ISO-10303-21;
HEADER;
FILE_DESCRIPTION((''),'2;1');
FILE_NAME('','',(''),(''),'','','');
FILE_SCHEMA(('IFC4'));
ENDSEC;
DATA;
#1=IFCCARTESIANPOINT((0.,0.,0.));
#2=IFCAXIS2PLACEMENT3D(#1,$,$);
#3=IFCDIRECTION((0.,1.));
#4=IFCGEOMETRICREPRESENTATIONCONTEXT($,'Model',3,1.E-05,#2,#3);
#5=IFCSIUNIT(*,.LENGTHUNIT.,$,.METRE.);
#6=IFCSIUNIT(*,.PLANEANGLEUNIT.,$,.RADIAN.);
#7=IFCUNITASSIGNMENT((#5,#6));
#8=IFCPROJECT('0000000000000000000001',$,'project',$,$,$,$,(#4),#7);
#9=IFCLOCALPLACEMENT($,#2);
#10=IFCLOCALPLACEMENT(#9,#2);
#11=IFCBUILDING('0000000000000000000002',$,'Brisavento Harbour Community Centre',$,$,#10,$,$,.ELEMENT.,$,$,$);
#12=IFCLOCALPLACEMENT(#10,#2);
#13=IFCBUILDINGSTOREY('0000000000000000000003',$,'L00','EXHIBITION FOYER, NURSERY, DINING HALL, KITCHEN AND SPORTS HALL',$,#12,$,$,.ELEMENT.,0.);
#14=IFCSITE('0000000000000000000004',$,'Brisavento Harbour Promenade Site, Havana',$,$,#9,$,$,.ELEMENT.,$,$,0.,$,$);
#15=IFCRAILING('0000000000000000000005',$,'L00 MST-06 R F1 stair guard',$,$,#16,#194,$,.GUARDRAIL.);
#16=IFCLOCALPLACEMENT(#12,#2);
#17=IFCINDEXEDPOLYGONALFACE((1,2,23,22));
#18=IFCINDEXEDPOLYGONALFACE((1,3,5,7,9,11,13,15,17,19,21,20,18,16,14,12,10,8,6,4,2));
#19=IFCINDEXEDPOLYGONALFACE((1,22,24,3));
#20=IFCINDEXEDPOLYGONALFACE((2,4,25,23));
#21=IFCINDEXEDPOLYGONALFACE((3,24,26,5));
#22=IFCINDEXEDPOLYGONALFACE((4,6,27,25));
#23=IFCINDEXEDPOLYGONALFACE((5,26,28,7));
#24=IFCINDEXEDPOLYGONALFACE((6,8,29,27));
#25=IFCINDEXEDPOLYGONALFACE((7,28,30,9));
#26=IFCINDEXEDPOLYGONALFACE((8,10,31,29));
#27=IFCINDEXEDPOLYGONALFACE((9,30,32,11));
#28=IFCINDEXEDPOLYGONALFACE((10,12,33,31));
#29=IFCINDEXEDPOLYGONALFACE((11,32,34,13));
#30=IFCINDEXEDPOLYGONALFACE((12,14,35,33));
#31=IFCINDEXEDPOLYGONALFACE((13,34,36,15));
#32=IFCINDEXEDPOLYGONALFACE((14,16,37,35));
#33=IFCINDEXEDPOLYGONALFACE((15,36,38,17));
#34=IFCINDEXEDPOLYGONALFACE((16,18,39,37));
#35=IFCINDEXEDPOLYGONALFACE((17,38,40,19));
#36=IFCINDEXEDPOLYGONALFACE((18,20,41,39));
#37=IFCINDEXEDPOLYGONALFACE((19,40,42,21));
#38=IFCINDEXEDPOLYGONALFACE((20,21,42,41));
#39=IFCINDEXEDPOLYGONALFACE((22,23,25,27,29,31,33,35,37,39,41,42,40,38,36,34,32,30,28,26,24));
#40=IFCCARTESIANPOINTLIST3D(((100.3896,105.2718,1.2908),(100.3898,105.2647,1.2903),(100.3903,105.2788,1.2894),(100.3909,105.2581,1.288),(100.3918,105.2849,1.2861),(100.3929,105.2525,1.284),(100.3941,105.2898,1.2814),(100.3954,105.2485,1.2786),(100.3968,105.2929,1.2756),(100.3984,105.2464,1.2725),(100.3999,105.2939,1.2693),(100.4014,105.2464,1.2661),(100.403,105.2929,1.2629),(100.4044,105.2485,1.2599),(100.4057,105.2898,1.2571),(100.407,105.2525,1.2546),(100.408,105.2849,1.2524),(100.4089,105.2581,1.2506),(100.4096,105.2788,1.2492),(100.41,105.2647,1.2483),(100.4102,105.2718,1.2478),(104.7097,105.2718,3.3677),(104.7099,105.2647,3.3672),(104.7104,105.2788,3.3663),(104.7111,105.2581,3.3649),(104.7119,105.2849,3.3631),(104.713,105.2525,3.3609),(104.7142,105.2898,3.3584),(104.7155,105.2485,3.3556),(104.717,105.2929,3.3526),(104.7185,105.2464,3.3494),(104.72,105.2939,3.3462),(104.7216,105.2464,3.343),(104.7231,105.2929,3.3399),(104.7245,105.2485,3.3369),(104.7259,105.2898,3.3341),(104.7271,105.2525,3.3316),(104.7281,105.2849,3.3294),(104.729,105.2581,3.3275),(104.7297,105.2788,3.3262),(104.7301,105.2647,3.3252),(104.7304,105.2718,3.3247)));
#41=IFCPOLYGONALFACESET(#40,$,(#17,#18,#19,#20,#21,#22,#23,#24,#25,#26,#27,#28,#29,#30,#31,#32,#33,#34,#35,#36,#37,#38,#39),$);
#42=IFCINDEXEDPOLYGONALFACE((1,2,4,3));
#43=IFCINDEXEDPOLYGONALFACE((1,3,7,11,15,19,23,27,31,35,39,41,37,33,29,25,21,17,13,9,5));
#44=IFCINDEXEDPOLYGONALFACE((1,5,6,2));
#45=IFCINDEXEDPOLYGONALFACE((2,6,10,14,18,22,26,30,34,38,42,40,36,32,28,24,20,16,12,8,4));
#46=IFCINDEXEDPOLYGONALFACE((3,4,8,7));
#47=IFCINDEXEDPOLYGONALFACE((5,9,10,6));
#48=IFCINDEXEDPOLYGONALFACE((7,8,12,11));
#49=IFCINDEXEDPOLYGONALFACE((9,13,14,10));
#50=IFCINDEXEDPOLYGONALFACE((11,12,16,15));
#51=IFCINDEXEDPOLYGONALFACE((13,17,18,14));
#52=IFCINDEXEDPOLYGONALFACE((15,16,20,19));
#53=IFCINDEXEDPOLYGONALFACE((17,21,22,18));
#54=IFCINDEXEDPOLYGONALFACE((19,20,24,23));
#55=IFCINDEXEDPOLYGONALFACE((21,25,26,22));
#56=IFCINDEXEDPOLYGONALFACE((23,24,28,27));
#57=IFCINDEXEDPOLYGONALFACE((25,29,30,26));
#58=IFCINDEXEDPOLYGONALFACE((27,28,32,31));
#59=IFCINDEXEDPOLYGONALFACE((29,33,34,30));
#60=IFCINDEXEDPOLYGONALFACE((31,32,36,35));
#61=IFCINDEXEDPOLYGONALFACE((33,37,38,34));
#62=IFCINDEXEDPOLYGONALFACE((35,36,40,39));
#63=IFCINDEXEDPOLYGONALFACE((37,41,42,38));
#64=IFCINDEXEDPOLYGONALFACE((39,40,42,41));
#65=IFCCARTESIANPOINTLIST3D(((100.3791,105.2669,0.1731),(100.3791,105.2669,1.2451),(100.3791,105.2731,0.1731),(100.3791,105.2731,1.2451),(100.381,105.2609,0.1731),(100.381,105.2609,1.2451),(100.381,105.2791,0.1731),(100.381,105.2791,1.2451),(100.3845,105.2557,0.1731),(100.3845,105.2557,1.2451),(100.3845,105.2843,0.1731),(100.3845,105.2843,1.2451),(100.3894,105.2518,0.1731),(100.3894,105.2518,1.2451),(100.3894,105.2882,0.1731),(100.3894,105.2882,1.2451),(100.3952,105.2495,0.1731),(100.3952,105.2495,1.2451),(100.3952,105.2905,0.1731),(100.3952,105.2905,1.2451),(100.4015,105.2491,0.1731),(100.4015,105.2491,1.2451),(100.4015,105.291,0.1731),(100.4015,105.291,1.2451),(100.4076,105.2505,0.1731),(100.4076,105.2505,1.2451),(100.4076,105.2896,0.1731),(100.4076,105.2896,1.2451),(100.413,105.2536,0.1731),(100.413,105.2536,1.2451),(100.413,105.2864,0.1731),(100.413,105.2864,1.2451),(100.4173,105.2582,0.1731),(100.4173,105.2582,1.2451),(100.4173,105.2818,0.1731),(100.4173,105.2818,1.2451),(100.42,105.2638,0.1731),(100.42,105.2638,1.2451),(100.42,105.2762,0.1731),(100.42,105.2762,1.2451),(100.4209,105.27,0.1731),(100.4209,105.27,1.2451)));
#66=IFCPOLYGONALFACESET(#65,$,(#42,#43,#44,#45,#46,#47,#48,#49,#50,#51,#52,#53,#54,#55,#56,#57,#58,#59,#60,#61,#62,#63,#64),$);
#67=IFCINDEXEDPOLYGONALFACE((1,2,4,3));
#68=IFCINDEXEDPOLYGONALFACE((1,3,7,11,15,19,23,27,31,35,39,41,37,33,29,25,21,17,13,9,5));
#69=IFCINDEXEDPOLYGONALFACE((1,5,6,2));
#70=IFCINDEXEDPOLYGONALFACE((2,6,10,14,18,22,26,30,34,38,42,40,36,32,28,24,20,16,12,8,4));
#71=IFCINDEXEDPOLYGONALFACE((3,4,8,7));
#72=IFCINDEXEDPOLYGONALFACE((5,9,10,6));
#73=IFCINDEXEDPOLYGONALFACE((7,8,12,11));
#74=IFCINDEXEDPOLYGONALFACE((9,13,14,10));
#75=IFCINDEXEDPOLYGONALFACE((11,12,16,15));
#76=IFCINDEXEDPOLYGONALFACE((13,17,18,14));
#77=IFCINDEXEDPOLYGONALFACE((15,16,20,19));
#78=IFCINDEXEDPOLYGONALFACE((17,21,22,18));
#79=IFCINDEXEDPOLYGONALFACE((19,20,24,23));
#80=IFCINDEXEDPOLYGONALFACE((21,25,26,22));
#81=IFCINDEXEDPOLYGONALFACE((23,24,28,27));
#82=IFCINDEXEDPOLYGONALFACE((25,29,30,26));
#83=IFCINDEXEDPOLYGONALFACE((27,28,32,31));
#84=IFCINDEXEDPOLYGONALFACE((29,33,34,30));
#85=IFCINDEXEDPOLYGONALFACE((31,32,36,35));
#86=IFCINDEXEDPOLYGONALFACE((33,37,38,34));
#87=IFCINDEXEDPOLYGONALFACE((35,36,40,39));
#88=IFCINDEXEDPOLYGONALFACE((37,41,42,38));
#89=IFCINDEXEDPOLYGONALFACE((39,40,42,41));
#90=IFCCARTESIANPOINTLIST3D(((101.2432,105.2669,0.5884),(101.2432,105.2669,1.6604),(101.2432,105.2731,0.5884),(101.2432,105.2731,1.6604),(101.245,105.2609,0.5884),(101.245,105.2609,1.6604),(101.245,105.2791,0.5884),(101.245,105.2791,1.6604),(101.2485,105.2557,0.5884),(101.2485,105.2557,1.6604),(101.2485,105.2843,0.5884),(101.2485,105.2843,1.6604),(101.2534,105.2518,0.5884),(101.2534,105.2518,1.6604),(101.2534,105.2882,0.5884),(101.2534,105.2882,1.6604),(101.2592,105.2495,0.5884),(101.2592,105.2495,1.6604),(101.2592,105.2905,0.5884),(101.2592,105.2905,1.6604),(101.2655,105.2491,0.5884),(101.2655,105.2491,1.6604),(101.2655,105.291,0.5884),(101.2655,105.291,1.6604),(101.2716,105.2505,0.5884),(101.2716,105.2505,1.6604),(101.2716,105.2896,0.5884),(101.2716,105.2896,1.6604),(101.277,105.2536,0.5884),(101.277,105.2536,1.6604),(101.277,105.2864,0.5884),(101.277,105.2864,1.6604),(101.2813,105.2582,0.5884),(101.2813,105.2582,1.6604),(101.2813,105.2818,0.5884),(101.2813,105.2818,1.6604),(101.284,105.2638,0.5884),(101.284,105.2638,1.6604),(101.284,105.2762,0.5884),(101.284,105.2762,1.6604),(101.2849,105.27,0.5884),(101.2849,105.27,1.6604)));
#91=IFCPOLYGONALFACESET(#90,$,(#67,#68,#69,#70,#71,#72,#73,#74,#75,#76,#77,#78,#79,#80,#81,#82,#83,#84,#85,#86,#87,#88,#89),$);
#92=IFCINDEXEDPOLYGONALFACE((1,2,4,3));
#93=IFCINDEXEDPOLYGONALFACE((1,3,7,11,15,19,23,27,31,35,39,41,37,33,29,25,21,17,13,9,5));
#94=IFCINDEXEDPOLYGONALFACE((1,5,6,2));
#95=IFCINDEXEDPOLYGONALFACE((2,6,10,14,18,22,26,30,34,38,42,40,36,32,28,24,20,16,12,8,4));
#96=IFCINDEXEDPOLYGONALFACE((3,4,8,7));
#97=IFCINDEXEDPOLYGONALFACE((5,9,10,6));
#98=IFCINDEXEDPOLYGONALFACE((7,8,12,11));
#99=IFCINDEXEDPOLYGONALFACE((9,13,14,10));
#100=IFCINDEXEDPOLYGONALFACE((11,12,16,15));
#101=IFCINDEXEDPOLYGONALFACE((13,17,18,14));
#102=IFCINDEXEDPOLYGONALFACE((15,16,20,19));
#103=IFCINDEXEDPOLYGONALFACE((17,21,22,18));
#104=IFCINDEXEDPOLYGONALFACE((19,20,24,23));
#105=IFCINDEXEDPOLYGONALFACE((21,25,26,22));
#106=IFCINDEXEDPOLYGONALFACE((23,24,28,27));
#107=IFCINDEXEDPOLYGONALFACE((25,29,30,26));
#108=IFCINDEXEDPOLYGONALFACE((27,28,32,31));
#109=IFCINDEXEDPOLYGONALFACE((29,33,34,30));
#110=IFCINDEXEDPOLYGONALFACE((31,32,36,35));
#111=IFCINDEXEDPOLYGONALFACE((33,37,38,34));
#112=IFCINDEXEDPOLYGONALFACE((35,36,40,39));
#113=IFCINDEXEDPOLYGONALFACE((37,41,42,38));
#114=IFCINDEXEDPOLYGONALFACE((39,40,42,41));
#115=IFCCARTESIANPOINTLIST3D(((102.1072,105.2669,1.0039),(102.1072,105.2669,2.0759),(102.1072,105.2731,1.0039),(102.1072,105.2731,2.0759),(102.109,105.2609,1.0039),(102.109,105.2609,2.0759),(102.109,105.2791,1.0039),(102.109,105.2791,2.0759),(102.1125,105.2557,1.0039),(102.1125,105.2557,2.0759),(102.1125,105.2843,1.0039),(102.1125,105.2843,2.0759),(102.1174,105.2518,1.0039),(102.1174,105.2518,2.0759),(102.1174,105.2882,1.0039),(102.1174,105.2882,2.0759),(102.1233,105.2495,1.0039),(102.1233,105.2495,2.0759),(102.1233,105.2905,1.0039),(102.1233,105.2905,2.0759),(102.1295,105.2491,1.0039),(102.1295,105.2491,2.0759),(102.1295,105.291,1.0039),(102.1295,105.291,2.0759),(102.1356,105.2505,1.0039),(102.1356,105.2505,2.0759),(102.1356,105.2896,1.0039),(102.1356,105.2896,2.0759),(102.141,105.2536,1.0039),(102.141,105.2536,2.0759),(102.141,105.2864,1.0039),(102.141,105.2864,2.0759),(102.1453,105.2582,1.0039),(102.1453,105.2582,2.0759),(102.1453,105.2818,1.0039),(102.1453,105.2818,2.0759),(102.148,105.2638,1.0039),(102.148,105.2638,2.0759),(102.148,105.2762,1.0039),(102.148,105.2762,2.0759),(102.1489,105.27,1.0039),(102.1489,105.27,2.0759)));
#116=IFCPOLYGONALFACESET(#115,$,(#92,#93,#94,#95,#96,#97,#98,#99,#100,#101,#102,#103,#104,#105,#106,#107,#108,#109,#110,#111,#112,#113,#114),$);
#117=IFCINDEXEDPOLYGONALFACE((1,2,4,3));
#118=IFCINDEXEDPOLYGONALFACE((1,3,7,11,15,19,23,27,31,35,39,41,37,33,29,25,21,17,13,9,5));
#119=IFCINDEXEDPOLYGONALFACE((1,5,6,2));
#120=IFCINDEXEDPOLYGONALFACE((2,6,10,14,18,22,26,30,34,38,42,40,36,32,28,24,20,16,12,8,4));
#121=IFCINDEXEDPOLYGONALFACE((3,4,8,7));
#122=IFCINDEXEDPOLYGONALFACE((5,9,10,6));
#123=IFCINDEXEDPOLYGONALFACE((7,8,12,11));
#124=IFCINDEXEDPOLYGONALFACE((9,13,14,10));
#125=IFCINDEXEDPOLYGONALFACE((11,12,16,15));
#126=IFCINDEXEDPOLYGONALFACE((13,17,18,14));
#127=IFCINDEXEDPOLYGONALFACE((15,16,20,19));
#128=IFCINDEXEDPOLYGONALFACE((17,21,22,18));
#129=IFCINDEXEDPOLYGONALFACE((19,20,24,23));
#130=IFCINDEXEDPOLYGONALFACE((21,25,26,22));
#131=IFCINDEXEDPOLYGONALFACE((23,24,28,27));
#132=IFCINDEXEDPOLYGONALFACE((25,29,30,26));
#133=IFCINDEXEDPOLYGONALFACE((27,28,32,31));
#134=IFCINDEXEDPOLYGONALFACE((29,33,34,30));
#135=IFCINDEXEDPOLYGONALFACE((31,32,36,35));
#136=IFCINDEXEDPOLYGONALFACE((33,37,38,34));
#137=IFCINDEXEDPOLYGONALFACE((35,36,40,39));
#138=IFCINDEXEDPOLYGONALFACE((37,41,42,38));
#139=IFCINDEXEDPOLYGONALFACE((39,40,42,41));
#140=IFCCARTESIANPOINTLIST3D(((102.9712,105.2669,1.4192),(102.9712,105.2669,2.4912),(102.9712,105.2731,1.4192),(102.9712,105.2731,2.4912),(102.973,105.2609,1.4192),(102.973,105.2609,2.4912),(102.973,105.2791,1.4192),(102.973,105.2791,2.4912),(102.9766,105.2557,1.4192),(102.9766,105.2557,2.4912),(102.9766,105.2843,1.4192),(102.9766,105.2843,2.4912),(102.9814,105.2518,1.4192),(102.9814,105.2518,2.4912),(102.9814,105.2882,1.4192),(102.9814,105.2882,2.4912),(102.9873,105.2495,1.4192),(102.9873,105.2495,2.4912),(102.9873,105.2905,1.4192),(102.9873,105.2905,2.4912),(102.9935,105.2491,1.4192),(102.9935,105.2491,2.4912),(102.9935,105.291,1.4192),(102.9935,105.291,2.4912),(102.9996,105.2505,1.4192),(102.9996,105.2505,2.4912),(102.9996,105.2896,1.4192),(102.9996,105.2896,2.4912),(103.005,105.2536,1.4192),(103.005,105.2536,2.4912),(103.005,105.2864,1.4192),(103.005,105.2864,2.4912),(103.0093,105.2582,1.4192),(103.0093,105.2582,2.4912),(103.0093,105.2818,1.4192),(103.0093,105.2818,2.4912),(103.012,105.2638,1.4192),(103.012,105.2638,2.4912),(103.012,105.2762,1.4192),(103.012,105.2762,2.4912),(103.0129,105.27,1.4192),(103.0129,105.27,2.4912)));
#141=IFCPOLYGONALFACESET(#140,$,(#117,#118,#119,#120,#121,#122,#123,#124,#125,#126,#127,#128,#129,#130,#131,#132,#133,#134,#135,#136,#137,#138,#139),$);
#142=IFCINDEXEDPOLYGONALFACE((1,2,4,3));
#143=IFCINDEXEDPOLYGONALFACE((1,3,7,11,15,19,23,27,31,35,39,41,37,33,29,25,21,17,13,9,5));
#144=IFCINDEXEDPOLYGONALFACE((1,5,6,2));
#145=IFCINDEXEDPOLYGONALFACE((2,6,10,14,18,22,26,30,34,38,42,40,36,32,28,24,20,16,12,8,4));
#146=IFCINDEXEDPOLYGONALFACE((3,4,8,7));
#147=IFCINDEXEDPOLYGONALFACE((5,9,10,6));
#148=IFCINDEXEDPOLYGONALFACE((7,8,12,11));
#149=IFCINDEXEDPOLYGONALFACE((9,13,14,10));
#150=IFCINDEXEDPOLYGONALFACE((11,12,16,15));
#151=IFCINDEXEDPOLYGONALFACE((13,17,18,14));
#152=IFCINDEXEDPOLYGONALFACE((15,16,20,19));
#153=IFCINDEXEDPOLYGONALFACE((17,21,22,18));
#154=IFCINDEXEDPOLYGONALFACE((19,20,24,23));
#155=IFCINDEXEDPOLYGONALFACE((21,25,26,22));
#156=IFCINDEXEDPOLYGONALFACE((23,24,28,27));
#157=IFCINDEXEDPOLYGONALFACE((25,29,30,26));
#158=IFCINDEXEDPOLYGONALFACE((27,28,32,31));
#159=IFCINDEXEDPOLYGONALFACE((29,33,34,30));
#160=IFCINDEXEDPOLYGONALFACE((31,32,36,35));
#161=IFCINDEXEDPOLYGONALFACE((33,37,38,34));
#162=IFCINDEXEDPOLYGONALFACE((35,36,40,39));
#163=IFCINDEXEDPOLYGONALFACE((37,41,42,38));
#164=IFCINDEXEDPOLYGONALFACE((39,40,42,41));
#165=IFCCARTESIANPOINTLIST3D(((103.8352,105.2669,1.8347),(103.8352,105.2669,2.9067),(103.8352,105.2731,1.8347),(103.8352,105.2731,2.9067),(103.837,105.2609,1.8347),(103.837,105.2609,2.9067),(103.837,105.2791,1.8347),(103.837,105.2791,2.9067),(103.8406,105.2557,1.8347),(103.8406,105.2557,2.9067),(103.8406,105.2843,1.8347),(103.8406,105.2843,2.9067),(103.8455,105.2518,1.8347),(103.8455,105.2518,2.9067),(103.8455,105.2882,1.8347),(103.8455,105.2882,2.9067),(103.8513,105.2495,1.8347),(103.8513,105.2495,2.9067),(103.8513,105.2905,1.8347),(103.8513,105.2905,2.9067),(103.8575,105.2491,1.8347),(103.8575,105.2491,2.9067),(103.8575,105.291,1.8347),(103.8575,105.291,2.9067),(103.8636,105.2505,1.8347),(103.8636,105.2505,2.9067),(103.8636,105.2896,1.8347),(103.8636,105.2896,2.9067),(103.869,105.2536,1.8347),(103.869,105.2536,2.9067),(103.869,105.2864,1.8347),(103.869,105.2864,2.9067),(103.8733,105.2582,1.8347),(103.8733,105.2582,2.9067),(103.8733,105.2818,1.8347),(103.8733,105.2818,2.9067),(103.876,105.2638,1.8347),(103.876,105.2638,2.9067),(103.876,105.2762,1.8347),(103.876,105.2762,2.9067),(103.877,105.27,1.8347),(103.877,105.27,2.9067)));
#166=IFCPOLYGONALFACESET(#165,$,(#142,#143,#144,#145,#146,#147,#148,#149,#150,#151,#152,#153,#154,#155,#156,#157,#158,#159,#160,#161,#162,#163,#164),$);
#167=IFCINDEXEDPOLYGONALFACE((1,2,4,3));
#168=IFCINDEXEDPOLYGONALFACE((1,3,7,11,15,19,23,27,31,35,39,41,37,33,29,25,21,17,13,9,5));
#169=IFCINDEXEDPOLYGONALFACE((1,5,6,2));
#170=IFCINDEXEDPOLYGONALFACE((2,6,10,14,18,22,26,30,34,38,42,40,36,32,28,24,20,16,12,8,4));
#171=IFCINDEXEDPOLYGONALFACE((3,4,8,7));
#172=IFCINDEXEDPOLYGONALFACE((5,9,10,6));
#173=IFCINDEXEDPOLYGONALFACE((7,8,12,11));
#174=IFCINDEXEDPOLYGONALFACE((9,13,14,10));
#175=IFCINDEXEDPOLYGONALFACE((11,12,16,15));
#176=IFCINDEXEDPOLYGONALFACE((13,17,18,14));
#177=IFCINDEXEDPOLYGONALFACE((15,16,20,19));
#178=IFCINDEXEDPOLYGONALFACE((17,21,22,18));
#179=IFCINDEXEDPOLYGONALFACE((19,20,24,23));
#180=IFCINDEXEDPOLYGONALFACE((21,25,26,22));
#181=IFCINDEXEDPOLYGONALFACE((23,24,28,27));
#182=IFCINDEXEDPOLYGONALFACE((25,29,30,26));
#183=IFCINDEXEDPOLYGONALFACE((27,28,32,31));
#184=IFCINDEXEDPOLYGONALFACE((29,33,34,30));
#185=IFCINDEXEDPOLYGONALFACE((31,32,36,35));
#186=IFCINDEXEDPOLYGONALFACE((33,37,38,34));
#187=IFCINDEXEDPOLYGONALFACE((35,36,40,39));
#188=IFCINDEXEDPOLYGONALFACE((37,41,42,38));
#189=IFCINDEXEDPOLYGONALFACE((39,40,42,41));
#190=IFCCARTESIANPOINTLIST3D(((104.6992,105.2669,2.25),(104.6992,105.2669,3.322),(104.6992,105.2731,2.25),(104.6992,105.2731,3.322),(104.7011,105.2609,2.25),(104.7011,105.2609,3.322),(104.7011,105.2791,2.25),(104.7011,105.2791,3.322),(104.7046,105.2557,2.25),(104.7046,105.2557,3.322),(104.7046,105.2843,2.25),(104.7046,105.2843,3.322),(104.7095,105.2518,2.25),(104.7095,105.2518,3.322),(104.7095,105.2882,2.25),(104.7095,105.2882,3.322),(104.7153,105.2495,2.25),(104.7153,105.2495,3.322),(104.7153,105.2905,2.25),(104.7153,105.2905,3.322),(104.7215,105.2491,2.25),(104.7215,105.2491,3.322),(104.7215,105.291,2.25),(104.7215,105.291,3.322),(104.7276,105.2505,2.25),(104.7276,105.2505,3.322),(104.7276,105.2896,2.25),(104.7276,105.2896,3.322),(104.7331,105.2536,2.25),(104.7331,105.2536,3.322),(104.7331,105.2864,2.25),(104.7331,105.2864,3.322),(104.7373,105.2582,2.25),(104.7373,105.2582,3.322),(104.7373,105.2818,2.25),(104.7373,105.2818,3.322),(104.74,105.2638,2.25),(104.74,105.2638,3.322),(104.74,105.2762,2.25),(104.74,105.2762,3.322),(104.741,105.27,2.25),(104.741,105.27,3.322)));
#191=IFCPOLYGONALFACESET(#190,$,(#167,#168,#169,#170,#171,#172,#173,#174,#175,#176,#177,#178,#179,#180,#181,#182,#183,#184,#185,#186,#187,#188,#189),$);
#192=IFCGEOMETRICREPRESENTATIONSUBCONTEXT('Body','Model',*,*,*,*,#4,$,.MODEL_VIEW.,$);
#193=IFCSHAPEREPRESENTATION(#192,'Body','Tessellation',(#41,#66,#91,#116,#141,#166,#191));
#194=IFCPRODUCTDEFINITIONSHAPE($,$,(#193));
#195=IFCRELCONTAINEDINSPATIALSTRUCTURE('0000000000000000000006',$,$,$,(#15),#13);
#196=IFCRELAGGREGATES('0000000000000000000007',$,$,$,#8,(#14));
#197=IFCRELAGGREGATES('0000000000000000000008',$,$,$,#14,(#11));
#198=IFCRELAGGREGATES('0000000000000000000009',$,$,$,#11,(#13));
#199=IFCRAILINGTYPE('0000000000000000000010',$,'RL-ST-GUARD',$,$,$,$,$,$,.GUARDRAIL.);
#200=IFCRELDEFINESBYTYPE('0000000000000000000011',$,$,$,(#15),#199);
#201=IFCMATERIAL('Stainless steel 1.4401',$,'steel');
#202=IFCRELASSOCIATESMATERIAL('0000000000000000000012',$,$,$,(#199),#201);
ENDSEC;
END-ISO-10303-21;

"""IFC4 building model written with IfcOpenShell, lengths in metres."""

from ifc_helpers import new_model, si_unit, direction, frame, origin, origin_2d, place, context, subcontext, project, spatial, circle, extrude, material, type_object, element, save


model = new_model("IFC4")

# Units and contexts
model_context = context("Model", 3, precision=1e-05, world=origin(), true_north=direction((0.0, 1.0)))
body_context = subcontext(model_context, "Body", "Model", "MODEL_VIEW")
ifc_project = project(units=[si_unit("LENGTHUNIT", "METRE"), si_unit("PLANEANGLEUNIT", "RADIAN")], contexts=[model_context])

# Site, building, storey
site_placement = place(None, origin())
site = spatial("IfcSite", under=ifc_project, at=site_placement, Name="Brisavento Harbour Promenade Site, Havana", CompositionType="ELEMENT", RefElevation=0.0)
building_placement = place(site_placement, origin())
building = spatial("IfcBuilding", under=site, at=building_placement, Name="Brisavento Harbour Community Centre", CompositionType="ELEMENT")
storey_placement = place(building_placement, origin())
storey = spatial("IfcBuildingStorey", under=building, at=storey_placement, Name="L00", Description="EXHIBITION FOYER, NURSERY, DINING HALL, KITCHEN AND SPORTS HALL", CompositionType="ELEMENT", Elevation=0.0)

# Railing
ifc_material_1 = material(Name="Stainless steel 1.4401", Category="steel")
railing_type = type_object("IfcRailingType", Name="RL-ST-GUARD", PredefinedType="GUARDRAIL", material=ifc_material_1)
railing_1_placement = place(storey_placement, frame((100.3999, 105.27, 0.1731)))
element("IfcRailing", 1, at=railing_1_placement, inside=storey, type_object=railing_type, Name="L00 MST-06 R F1 stair guard", PredefinedType="GUARDRAIL", context=body_context, shape_type="SweptSolid", body=[
    extrude(circle(Radius=0.0239, at=origin_2d()), frame((0.0, 0.0, 1.0962), z_axis=(0.901257, 0.0, 0.433286), x_axis=(0.0, 1.0, 0.0)), (0.0, 0.0, 1.0), 4.7935),
    extrude(circle(Radius=0.021, at=origin_2d()), origin(), (0.0, 0.0, 1.0), 1.072),
    extrude(circle(Radius=0.021, at=origin_2d()), frame((0.864, 0.0, 0.4153)), (0.0, 0.0, 1.0), 1.072),
    extrude(circle(Radius=0.021, at=origin_2d()), frame((1.728, 0.0, 0.8308)), (0.0, 0.0, 1.0), 1.072),
    extrude(circle(Radius=0.021, at=origin_2d()), frame((2.592, 0.0, 1.2461)), (0.0, 0.0, 1.0), 1.072),
    extrude(circle(Radius=0.021, at=origin_2d()), frame((3.4561, 0.0, 1.6616)), (0.0, 0.0, 1.0), 1.072),
    extrude(circle(Radius=0.021, at=origin_2d()), frame((4.3201, 0.0, 2.0769)), (0.0, 0.0, 1.0), 1.072),
])

save(model, "model.ifc")
